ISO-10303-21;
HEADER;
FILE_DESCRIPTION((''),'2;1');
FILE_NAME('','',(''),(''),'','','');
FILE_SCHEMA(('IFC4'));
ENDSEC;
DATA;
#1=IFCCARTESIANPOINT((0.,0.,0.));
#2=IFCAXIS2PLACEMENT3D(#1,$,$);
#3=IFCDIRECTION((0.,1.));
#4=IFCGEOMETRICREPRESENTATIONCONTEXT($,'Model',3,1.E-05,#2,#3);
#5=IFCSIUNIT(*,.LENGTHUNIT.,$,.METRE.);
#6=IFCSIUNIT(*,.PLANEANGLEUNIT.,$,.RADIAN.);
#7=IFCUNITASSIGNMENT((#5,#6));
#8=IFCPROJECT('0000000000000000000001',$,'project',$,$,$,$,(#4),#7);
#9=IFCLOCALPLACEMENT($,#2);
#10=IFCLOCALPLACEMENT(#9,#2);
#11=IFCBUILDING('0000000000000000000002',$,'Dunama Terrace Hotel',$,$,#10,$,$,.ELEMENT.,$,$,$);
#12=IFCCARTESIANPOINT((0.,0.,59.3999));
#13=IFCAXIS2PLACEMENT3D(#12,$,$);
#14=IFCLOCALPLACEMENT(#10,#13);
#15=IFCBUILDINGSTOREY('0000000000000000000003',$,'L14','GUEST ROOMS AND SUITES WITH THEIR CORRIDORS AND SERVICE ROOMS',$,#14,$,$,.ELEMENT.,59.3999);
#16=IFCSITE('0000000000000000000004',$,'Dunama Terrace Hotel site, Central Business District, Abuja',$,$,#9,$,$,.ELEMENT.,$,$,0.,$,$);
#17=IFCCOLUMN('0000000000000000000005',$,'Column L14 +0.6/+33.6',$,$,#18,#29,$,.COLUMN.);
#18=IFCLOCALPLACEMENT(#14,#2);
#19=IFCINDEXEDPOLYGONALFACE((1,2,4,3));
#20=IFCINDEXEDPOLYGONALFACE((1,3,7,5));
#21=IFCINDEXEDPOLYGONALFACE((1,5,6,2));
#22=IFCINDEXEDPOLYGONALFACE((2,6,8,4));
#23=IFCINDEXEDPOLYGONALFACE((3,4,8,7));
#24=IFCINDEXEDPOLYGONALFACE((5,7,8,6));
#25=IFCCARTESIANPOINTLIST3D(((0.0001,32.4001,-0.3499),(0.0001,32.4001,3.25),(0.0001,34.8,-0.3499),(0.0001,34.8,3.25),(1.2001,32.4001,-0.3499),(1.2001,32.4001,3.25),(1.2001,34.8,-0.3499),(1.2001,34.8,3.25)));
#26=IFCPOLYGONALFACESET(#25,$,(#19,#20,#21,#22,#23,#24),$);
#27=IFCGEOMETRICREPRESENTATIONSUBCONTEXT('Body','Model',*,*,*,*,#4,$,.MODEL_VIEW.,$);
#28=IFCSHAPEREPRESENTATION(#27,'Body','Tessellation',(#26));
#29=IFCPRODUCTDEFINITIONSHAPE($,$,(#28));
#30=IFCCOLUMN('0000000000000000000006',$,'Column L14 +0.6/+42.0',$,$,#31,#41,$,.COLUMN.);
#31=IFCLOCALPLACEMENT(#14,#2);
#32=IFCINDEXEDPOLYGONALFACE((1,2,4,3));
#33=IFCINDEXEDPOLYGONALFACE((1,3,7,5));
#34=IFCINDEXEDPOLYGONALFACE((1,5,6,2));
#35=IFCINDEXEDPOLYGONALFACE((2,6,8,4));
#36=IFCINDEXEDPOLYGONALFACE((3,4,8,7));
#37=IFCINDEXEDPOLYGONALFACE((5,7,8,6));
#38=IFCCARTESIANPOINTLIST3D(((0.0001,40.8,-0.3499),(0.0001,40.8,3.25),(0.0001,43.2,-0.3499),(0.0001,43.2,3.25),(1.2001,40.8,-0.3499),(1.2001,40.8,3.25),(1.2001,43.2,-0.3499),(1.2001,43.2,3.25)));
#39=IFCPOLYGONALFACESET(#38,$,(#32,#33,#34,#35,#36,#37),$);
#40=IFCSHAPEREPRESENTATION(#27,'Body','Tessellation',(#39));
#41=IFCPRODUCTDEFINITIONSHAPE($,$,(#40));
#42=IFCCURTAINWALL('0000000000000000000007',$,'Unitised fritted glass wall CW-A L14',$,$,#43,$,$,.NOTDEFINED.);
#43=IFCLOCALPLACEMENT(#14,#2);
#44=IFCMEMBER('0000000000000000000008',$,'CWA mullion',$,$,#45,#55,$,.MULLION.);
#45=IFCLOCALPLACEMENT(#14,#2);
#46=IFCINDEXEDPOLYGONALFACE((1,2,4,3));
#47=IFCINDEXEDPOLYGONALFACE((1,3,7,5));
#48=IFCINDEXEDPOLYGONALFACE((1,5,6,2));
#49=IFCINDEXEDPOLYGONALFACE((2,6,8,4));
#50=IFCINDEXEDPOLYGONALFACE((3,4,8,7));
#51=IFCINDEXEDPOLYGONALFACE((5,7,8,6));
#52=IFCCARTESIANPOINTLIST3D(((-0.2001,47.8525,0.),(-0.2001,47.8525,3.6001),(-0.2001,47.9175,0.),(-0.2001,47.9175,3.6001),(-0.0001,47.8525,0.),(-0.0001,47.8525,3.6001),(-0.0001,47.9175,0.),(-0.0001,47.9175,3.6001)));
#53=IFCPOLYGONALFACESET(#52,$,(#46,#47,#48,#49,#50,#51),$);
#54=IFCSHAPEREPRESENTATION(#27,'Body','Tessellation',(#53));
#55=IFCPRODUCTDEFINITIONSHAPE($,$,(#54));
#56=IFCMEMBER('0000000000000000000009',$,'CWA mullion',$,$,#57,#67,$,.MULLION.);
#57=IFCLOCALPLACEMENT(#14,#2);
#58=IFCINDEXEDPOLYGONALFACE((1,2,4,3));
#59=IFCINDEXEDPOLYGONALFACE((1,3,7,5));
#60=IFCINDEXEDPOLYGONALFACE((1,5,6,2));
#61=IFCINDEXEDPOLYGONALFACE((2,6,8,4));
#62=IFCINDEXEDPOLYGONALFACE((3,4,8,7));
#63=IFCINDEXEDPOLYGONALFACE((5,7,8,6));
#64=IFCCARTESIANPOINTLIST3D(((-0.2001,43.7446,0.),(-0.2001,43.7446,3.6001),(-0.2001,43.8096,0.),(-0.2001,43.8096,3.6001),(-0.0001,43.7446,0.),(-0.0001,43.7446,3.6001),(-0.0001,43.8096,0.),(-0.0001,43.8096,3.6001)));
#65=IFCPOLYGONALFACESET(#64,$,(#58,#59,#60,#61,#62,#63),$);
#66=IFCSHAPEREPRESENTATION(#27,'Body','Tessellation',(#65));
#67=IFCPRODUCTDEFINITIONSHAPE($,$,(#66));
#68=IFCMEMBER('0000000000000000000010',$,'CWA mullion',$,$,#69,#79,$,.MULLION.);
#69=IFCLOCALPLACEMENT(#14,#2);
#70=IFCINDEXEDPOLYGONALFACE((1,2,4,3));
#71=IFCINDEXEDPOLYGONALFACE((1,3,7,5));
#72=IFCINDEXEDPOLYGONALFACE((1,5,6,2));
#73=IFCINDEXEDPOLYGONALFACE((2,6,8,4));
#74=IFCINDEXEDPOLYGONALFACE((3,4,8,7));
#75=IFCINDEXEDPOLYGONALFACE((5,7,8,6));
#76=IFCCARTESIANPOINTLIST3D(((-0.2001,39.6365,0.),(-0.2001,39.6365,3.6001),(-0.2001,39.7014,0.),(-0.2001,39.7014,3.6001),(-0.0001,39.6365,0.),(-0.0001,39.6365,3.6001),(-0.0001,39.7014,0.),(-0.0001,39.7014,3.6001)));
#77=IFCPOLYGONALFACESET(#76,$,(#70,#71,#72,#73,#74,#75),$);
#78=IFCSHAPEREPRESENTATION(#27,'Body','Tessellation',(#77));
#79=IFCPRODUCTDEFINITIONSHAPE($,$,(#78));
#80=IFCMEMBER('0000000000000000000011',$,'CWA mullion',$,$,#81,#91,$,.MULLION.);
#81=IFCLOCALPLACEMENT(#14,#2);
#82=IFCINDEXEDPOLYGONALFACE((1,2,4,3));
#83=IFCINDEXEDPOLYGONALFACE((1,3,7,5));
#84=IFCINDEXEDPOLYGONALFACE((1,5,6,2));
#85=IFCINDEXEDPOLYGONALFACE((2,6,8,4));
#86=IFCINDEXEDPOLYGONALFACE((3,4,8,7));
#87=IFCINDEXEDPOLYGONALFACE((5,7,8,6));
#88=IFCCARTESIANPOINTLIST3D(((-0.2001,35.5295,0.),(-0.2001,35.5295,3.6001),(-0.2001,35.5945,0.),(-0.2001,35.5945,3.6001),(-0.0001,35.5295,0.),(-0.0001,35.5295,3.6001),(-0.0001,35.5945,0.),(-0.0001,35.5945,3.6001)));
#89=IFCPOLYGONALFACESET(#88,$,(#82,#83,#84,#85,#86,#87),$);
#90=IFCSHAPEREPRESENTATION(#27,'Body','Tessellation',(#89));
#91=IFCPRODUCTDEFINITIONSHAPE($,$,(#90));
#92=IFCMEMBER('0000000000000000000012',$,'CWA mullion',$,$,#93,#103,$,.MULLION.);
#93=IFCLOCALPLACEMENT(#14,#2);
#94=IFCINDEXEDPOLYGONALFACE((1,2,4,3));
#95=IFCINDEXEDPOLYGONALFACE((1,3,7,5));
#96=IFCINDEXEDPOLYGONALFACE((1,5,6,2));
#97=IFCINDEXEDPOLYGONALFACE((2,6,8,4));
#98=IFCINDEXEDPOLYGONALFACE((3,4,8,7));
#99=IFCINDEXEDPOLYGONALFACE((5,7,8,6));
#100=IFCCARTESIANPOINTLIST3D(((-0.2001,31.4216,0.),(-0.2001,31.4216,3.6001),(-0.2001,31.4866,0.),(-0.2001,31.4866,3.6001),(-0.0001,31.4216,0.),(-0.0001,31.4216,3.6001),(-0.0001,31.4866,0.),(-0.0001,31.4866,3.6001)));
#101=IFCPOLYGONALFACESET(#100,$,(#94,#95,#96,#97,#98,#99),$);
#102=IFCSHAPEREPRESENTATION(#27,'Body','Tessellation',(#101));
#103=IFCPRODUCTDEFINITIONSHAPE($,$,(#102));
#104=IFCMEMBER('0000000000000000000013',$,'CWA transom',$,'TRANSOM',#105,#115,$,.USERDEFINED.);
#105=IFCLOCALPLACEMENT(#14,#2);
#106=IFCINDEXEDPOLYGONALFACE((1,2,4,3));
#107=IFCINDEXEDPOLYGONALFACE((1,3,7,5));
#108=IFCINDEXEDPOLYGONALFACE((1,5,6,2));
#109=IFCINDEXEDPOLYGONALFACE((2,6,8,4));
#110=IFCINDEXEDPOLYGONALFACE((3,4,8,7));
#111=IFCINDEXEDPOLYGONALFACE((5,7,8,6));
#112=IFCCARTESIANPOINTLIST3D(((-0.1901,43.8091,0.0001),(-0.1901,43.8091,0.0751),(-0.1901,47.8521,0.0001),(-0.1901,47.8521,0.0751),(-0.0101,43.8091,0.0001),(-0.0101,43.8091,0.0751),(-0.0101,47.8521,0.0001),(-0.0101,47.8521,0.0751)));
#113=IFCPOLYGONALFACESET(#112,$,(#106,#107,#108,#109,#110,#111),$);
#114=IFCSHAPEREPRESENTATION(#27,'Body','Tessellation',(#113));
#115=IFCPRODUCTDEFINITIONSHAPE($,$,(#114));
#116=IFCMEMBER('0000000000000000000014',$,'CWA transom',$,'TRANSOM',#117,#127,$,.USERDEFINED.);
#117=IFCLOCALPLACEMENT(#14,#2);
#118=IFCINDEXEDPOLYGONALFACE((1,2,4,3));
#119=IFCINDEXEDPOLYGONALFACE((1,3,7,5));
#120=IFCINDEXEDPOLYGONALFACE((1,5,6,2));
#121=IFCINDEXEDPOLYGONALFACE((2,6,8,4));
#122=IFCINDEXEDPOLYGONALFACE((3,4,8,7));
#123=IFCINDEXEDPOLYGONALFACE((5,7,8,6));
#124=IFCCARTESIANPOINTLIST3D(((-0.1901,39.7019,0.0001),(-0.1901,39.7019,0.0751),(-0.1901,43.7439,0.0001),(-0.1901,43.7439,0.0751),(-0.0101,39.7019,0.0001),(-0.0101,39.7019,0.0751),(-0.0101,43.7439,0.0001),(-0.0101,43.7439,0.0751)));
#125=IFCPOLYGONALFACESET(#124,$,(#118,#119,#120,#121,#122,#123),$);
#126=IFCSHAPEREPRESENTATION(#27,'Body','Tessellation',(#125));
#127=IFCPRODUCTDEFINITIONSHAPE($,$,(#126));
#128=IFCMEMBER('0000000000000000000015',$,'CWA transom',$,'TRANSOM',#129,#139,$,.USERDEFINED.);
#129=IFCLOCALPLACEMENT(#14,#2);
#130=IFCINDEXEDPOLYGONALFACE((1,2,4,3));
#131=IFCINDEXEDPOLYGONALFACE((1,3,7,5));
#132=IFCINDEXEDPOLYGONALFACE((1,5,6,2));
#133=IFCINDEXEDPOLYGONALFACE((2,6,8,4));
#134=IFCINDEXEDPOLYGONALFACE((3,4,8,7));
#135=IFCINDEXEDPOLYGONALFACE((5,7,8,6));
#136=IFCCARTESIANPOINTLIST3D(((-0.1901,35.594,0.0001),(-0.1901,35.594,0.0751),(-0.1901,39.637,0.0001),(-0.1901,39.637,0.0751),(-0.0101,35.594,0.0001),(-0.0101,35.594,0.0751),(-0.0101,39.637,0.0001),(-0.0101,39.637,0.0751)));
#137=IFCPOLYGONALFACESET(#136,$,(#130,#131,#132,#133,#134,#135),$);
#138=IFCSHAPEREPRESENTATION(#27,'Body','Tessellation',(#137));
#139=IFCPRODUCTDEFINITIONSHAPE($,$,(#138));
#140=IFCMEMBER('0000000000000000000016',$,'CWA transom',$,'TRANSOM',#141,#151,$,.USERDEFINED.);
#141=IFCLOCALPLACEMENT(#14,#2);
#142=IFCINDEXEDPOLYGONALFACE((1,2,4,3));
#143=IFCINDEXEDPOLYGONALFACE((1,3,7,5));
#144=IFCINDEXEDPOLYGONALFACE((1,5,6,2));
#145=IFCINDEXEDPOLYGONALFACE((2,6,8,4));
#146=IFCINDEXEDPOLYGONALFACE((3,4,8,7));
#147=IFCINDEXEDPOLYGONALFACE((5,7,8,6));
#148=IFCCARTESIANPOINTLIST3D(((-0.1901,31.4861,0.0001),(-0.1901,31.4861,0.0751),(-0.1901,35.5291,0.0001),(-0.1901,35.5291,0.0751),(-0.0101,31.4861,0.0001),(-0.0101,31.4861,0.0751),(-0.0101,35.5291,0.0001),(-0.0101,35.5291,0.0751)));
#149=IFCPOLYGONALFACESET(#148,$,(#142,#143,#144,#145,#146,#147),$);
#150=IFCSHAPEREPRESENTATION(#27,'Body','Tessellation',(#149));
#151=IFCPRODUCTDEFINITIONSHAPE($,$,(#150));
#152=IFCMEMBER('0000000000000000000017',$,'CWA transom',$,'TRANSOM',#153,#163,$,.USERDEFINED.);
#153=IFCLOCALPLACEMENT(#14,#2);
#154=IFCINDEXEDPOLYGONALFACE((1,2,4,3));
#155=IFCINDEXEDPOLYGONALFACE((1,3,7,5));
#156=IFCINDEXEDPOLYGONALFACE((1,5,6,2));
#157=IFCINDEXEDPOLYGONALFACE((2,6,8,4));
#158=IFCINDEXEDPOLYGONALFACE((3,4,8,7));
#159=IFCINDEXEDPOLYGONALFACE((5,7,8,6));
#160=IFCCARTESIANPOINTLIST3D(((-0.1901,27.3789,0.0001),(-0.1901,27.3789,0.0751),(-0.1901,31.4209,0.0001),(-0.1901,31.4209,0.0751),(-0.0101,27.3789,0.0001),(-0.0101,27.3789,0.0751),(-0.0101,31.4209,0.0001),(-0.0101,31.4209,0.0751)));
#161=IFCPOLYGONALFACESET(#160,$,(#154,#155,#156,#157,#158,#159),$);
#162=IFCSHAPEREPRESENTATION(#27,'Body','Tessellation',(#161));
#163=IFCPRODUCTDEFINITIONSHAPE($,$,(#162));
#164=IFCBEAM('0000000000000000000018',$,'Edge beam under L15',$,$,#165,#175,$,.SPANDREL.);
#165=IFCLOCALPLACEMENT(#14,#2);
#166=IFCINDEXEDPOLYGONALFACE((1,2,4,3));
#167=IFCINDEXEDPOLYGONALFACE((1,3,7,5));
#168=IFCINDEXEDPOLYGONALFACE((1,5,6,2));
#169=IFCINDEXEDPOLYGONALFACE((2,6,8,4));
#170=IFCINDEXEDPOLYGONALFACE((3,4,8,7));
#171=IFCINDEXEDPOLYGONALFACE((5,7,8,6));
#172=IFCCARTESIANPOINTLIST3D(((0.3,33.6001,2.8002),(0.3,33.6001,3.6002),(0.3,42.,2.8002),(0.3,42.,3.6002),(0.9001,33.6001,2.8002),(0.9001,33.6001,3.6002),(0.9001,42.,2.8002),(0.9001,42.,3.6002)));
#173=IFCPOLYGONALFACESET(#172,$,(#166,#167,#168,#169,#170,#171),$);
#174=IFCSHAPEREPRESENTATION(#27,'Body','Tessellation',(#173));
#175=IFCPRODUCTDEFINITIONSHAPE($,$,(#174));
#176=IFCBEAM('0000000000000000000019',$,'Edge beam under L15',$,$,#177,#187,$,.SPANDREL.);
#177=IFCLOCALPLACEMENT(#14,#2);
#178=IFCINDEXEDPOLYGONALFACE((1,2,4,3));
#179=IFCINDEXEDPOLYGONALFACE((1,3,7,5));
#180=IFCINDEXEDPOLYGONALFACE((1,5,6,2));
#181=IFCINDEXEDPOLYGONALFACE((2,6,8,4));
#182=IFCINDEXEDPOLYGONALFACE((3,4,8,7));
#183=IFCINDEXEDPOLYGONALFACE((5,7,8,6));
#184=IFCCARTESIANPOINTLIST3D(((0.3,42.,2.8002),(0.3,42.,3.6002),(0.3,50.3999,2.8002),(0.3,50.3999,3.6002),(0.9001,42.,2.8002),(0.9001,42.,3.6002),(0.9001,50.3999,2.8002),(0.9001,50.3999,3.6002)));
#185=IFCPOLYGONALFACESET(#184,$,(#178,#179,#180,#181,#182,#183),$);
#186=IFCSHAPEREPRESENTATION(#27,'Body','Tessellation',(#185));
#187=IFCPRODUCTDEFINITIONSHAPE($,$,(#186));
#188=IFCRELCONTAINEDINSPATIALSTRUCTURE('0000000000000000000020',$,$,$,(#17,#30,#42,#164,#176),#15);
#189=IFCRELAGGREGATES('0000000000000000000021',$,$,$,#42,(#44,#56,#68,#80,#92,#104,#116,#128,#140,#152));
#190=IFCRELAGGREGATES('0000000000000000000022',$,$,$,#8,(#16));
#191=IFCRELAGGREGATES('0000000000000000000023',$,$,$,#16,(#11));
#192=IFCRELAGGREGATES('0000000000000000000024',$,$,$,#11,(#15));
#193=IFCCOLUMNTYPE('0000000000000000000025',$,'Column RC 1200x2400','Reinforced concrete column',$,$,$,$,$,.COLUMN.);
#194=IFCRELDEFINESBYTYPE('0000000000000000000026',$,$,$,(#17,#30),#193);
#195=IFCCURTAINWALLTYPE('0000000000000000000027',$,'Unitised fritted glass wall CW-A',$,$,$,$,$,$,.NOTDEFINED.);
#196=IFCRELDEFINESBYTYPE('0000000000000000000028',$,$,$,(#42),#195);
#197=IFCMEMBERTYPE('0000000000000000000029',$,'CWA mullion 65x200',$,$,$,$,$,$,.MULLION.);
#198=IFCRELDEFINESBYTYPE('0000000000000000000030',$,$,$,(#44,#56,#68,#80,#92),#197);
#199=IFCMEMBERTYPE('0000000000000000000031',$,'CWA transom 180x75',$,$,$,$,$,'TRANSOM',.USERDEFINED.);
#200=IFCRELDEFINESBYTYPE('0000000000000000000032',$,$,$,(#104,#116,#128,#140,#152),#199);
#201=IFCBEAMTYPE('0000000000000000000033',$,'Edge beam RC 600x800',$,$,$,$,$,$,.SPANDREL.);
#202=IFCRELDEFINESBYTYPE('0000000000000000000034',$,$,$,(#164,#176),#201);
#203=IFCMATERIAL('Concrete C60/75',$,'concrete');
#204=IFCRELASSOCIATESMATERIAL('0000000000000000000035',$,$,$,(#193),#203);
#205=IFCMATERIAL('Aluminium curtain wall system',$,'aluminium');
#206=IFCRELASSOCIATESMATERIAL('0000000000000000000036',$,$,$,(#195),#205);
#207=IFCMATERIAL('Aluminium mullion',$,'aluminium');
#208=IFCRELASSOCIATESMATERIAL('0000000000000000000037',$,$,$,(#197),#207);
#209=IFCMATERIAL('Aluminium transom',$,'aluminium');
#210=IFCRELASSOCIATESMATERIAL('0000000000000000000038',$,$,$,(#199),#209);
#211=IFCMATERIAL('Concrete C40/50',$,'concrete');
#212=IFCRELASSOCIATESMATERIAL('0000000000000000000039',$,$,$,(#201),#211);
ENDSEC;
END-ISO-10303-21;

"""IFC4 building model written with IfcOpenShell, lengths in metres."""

from ifc_helpers import new_model, si_unit, direction, frame, origin, origin_2d, place, context, subcontext, project, spatial, rectangle, extrude, material, material_profile, profile_set, type_object, element, aggregate, save


model = new_model("IFC4")

# Units and contexts
model_context = context("Model", 3, precision=1e-05, world=origin(), true_north=direction((0.0, 1.0)))
body_context = subcontext(model_context, "Body", "Model", "MODEL_VIEW")
ifc_project = project(units=[si_unit("LENGTHUNIT", "METRE"), si_unit("PLANEANGLEUNIT", "RADIAN")], contexts=[model_context])

# Site, building, storey
site_placement = place(None, origin())
site = spatial("IfcSite", under=ifc_project, at=site_placement, Name="Dunama Terrace Hotel site, Central Business District, Abuja", CompositionType="ELEMENT", RefElevation=0.0)
building_placement = place(site_placement, origin())
building = spatial("IfcBuilding", under=site, at=building_placement, Name="Dunama Terrace Hotel", CompositionType="ELEMENT")
storey_placement = place(building_placement, frame((0.0, 0.0, 59.3999)))
storey = spatial("IfcBuildingStorey", under=building, at=storey_placement, Name="L14", Description="GUEST ROOMS AND SUITES WITH THEIR CORRIDORS AND SERVICE ROOMS", CompositionType="ELEMENT", Elevation=59.3999)

# Columns
ifc_material_1 = material(Name="Concrete C60/75", Category="concrete")
ifc_material_profile_1 = material_profile(ifc_material_1, rectangle(XDim=1.2, YDim=2.3999, at=origin_2d()), Name="RC 1200x2400")
ifc_profile_set_1 = profile_set([ifc_material_profile_1], Name="Concrete C60/75")
column_type = type_object("IfcColumnType", Name="Column RC 1200x2400", Description="Reinforced concrete column", PredefinedType="COLUMN", material=ifc_profile_set_1)
for number, where, z_axis, x_axis, name in (
    (1, (0.6001, 33.6001, -0.3499), (0.0, 0.0, 1.0), (1.0, 0.0, 0.0), "Column L14 +0.6/+33.6"),
    (2, (0.6001, 42.0, -0.3499), (0.0, 0.0, 1.0), (1.0, 0.0, 0.0), "Column L14 +0.6/+42.0"),
):
    element("IfcColumn", number, at=place(storey_placement, frame(where, z_axis=z_axis, x_axis=x_axis)), inside=storey, type_object=column_type, Name=name, PredefinedType="COLUMN", context=body_context, shape_type="SweptSolid", body=[
        extrude(rectangle(XDim=1.2, YDim=2.3999, at=origin_2d()), origin(), (0.0, 0.0, 1.0), 3.5999),
    ])

# Curtain wall, members
ifc_material_2 = material(Name="Aluminium curtain wall system", Category="aluminium")
curtain_wall_type = type_object("IfcCurtainWallType", Name="Unitised fritted glass wall CW-A", PredefinedType="NOTDEFINED", material=ifc_material_2)
curtain_wall_placement = place(storey_placement, origin())
curtain_wall = element("IfcCurtainWall", 3, at=curtain_wall_placement, inside=storey, type_object=curtain_wall_type, Name="Unitised fritted glass wall CW-A L14", PredefinedType="NOTDEFINED")
ifc_material_3 = material(Name="Aluminium mullion", Category="aluminium")
ifc_material_profile_2 = material_profile(ifc_material_3, rectangle(XDim=0.0649, YDim=0.2, at=origin_2d()), Name="CWA MULLION 65X200")
ifc_profile_set_2 = profile_set([ifc_material_profile_2], Name="Aluminium mullion")
member_type_1 = type_object("IfcMemberType", Name="CWA mullion 65x200", PredefinedType="MULLION", material=ifc_profile_set_2)
member_1_placement = place(storey_placement, frame((-0.1001, 47.885, 0.0), z_axis=(0.0, 0.0, 1.0), x_axis=(0.0, -1.0, 0.0)))
member_1 = element("IfcMember", 4, at=member_1_placement, type_object=member_type_1, Name="CWA mullion", PredefinedType="MULLION", context=body_context, shape_type="SweptSolid", body=[
    extrude(rectangle(XDim=0.0649, YDim=0.2, at=origin_2d()), origin(), (0.0, 0.0, 1.0), 3.6001),
])
member_2_placement = place(storey_placement, frame((-0.1001, 43.7771, 0.0), z_axis=(0.0, 0.0, 1.0), x_axis=(0.0, -1.0, 0.0)))
member_2 = element("IfcMember", 5, at=member_2_placement, type_object=member_type_1, Name="CWA mullion", PredefinedType="MULLION", context=body_context, shape_type="SweptSolid", body=[
    extrude(rectangle(XDim=0.0649, YDim=0.2, at=origin_2d()), origin(), (0.0, 0.0, 1.0), 3.6001),
])
member_3_placement = place(storey_placement, frame((-0.1001, 39.6689, 0.0), z_axis=(0.0, 0.0, 1.0), x_axis=(0.0, -1.0, 0.0)))
member_3 = element("IfcMember", 6, at=member_3_placement, type_object=member_type_1, Name="CWA mullion", PredefinedType="MULLION", context=body_context, shape_type="SweptSolid", body=[
    extrude(rectangle(XDim=0.0649, YDim=0.2, at=origin_2d()), origin(), (0.0, 0.0, 1.0), 3.6001),
])
member_4_placement = place(storey_placement, frame((-0.1001, 35.562, 0.0), z_axis=(0.0, 0.0, 1.0), x_axis=(0.0, -1.0, 0.0)))
member_4 = element("IfcMember", 7, at=member_4_placement, type_object=member_type_1, Name="CWA mullion", PredefinedType="MULLION", context=body_context, shape_type="SweptSolid", body=[
    extrude(rectangle(XDim=0.0649, YDim=0.2, at=origin_2d()), origin(), (0.0, 0.0, 1.0), 3.6001),
])
member_5_placement = place(storey_placement, frame((-0.1001, 31.4541, 0.0), z_axis=(0.0, 0.0, 1.0), x_axis=(0.0, -1.0, 0.0)))
member_5 = element("IfcMember", 8, at=member_5_placement, type_object=member_type_1, Name="CWA mullion", PredefinedType="MULLION", context=body_context, shape_type="SweptSolid", body=[
    extrude(rectangle(XDim=0.0649, YDim=0.2, at=origin_2d()), origin(), (0.0, 0.0, 1.0), 3.6001),
])
ifc_material_4 = material(Name="Aluminium transom", Category="aluminium")
ifc_material_profile_3 = material_profile(ifc_material_4, rectangle(XDim=0.1799, YDim=0.075, at=origin_2d()), Name="CWA TRANSOM 180X75")
ifc_profile_set_3 = profile_set([ifc_material_profile_3], Name="Aluminium transom")
member_type_2 = type_object("IfcMemberType", Name="CWA transom 180x75", ElementType="TRANSOM", PredefinedType="USERDEFINED", material=ifc_profile_set_3)
member_6_placement = place(storey_placement, frame((-0.1001, 47.8521, 0.0376), z_axis=(0.0, -1.0, 0.0), x_axis=(1.0, 0.0, 0.0)))
member_6 = element("IfcMember", 9, at=member_6_placement, type_object=member_type_2, Name="CWA transom", ObjectType="TRANSOM", PredefinedType="USERDEFINED", context=body_context, shape_type="SweptSolid", body=[
    extrude(rectangle(XDim=0.1799, YDim=0.075, at=origin_2d()), origin(), (0.0, 0.0, 1.0), 4.043),
])
member_7_placement = place(storey_placement, frame((-0.1001, 43.7439, 0.0376), z_axis=(0.0, -1.0, 0.0), x_axis=(1.0, 0.0, 0.0)))
member_7 = element("IfcMember", 10, at=member_7_placement, type_object=member_type_2, Name="CWA transom", ObjectType="TRANSOM", PredefinedType="USERDEFINED", context=body_context, shape_type="SweptSolid", body=[
    extrude(rectangle(XDim=0.1799, YDim=0.075, at=origin_2d()), origin(), (0.0, 0.0, 1.0), 4.042),
])
member_8_placement = place(storey_placement, frame((-0.1001, 39.637, 0.0376), z_axis=(0.0, -1.0, 0.0), x_axis=(1.0, 0.0, 0.0)))
member_8 = element("IfcMember", 11, at=member_8_placement, type_object=member_type_2, Name="CWA transom", ObjectType="TRANSOM", PredefinedType="USERDEFINED", context=body_context, shape_type="SweptSolid", body=[
    extrude(rectangle(XDim=0.1799, YDim=0.075, at=origin_2d()), origin(), (0.0, 0.0, 1.0), 4.043),
])
member_9_placement = place(storey_placement, frame((-0.1001, 35.5291, 0.0376), z_axis=(0.0, -1.0, 0.0), x_axis=(1.0, 0.0, 0.0)))
member_9 = element("IfcMember", 12, at=member_9_placement, type_object=member_type_2, Name="CWA transom", ObjectType="TRANSOM", PredefinedType="USERDEFINED", context=body_context, shape_type="SweptSolid", body=[
    extrude(rectangle(XDim=0.1799, YDim=0.075, at=origin_2d()), origin(), (0.0, 0.0, 1.0), 4.043),
])
member_10_placement = place(storey_placement, frame((-0.1001, 31.4209, 0.0376), z_axis=(0.0, -1.0, 0.0), x_axis=(1.0, 0.0, 0.0)))
member_10 = element("IfcMember", 13, at=member_10_placement, type_object=member_type_2, Name="CWA transom", ObjectType="TRANSOM", PredefinedType="USERDEFINED", context=body_context, shape_type="SweptSolid", body=[
    extrude(rectangle(XDim=0.1799, YDim=0.075, at=origin_2d()), origin(), (0.0, 0.0, 1.0), 4.042),
])

# Beams
ifc_material_5 = material(Name="Concrete C40/50", Category="concrete")
ifc_material_profile_4 = material_profile(ifc_material_5, rectangle(XDim=0.6001, YDim=0.8, at=origin_2d()), Name="RC 600x800")
ifc_profile_set_4 = profile_set([ifc_material_profile_4], Name="Concrete C40/50")
beam_type = type_object("IfcBeamType", Name="Edge beam RC 600x800", PredefinedType="SPANDREL", material=ifc_profile_set_4)
for number, where, z_axis, x_axis, name in (
    (14, (0.6001, 33.6001, 3.2002), (0.0, 1.0, 0.0), (-1.0, 0.0, 0.0), "Edge beam under L15"),
    (15, (0.6001, 42.0, 3.2002), (0.0, 1.0, 0.0), (-1.0, 0.0, 0.0), "Edge beam under L15"),
):
    element("IfcBeam", number, at=place(storey_placement, frame(where, z_axis=z_axis, x_axis=x_axis)), inside=storey, type_object=beam_type, Name=name, PredefinedType="SPANDREL", context=body_context, shape_type="SweptSolid", body=[
        extrude(rectangle(XDim=0.6001, YDim=0.8, at=origin_2d()), origin(), (0.0, 0.0, 1.0), 8.3999),
    ])

aggregate(curtain_wall, [member_1, member_2, member_3, member_4, member_5, member_6, member_7, member_8, member_9, member_10])

save(model, "model.ifc")
